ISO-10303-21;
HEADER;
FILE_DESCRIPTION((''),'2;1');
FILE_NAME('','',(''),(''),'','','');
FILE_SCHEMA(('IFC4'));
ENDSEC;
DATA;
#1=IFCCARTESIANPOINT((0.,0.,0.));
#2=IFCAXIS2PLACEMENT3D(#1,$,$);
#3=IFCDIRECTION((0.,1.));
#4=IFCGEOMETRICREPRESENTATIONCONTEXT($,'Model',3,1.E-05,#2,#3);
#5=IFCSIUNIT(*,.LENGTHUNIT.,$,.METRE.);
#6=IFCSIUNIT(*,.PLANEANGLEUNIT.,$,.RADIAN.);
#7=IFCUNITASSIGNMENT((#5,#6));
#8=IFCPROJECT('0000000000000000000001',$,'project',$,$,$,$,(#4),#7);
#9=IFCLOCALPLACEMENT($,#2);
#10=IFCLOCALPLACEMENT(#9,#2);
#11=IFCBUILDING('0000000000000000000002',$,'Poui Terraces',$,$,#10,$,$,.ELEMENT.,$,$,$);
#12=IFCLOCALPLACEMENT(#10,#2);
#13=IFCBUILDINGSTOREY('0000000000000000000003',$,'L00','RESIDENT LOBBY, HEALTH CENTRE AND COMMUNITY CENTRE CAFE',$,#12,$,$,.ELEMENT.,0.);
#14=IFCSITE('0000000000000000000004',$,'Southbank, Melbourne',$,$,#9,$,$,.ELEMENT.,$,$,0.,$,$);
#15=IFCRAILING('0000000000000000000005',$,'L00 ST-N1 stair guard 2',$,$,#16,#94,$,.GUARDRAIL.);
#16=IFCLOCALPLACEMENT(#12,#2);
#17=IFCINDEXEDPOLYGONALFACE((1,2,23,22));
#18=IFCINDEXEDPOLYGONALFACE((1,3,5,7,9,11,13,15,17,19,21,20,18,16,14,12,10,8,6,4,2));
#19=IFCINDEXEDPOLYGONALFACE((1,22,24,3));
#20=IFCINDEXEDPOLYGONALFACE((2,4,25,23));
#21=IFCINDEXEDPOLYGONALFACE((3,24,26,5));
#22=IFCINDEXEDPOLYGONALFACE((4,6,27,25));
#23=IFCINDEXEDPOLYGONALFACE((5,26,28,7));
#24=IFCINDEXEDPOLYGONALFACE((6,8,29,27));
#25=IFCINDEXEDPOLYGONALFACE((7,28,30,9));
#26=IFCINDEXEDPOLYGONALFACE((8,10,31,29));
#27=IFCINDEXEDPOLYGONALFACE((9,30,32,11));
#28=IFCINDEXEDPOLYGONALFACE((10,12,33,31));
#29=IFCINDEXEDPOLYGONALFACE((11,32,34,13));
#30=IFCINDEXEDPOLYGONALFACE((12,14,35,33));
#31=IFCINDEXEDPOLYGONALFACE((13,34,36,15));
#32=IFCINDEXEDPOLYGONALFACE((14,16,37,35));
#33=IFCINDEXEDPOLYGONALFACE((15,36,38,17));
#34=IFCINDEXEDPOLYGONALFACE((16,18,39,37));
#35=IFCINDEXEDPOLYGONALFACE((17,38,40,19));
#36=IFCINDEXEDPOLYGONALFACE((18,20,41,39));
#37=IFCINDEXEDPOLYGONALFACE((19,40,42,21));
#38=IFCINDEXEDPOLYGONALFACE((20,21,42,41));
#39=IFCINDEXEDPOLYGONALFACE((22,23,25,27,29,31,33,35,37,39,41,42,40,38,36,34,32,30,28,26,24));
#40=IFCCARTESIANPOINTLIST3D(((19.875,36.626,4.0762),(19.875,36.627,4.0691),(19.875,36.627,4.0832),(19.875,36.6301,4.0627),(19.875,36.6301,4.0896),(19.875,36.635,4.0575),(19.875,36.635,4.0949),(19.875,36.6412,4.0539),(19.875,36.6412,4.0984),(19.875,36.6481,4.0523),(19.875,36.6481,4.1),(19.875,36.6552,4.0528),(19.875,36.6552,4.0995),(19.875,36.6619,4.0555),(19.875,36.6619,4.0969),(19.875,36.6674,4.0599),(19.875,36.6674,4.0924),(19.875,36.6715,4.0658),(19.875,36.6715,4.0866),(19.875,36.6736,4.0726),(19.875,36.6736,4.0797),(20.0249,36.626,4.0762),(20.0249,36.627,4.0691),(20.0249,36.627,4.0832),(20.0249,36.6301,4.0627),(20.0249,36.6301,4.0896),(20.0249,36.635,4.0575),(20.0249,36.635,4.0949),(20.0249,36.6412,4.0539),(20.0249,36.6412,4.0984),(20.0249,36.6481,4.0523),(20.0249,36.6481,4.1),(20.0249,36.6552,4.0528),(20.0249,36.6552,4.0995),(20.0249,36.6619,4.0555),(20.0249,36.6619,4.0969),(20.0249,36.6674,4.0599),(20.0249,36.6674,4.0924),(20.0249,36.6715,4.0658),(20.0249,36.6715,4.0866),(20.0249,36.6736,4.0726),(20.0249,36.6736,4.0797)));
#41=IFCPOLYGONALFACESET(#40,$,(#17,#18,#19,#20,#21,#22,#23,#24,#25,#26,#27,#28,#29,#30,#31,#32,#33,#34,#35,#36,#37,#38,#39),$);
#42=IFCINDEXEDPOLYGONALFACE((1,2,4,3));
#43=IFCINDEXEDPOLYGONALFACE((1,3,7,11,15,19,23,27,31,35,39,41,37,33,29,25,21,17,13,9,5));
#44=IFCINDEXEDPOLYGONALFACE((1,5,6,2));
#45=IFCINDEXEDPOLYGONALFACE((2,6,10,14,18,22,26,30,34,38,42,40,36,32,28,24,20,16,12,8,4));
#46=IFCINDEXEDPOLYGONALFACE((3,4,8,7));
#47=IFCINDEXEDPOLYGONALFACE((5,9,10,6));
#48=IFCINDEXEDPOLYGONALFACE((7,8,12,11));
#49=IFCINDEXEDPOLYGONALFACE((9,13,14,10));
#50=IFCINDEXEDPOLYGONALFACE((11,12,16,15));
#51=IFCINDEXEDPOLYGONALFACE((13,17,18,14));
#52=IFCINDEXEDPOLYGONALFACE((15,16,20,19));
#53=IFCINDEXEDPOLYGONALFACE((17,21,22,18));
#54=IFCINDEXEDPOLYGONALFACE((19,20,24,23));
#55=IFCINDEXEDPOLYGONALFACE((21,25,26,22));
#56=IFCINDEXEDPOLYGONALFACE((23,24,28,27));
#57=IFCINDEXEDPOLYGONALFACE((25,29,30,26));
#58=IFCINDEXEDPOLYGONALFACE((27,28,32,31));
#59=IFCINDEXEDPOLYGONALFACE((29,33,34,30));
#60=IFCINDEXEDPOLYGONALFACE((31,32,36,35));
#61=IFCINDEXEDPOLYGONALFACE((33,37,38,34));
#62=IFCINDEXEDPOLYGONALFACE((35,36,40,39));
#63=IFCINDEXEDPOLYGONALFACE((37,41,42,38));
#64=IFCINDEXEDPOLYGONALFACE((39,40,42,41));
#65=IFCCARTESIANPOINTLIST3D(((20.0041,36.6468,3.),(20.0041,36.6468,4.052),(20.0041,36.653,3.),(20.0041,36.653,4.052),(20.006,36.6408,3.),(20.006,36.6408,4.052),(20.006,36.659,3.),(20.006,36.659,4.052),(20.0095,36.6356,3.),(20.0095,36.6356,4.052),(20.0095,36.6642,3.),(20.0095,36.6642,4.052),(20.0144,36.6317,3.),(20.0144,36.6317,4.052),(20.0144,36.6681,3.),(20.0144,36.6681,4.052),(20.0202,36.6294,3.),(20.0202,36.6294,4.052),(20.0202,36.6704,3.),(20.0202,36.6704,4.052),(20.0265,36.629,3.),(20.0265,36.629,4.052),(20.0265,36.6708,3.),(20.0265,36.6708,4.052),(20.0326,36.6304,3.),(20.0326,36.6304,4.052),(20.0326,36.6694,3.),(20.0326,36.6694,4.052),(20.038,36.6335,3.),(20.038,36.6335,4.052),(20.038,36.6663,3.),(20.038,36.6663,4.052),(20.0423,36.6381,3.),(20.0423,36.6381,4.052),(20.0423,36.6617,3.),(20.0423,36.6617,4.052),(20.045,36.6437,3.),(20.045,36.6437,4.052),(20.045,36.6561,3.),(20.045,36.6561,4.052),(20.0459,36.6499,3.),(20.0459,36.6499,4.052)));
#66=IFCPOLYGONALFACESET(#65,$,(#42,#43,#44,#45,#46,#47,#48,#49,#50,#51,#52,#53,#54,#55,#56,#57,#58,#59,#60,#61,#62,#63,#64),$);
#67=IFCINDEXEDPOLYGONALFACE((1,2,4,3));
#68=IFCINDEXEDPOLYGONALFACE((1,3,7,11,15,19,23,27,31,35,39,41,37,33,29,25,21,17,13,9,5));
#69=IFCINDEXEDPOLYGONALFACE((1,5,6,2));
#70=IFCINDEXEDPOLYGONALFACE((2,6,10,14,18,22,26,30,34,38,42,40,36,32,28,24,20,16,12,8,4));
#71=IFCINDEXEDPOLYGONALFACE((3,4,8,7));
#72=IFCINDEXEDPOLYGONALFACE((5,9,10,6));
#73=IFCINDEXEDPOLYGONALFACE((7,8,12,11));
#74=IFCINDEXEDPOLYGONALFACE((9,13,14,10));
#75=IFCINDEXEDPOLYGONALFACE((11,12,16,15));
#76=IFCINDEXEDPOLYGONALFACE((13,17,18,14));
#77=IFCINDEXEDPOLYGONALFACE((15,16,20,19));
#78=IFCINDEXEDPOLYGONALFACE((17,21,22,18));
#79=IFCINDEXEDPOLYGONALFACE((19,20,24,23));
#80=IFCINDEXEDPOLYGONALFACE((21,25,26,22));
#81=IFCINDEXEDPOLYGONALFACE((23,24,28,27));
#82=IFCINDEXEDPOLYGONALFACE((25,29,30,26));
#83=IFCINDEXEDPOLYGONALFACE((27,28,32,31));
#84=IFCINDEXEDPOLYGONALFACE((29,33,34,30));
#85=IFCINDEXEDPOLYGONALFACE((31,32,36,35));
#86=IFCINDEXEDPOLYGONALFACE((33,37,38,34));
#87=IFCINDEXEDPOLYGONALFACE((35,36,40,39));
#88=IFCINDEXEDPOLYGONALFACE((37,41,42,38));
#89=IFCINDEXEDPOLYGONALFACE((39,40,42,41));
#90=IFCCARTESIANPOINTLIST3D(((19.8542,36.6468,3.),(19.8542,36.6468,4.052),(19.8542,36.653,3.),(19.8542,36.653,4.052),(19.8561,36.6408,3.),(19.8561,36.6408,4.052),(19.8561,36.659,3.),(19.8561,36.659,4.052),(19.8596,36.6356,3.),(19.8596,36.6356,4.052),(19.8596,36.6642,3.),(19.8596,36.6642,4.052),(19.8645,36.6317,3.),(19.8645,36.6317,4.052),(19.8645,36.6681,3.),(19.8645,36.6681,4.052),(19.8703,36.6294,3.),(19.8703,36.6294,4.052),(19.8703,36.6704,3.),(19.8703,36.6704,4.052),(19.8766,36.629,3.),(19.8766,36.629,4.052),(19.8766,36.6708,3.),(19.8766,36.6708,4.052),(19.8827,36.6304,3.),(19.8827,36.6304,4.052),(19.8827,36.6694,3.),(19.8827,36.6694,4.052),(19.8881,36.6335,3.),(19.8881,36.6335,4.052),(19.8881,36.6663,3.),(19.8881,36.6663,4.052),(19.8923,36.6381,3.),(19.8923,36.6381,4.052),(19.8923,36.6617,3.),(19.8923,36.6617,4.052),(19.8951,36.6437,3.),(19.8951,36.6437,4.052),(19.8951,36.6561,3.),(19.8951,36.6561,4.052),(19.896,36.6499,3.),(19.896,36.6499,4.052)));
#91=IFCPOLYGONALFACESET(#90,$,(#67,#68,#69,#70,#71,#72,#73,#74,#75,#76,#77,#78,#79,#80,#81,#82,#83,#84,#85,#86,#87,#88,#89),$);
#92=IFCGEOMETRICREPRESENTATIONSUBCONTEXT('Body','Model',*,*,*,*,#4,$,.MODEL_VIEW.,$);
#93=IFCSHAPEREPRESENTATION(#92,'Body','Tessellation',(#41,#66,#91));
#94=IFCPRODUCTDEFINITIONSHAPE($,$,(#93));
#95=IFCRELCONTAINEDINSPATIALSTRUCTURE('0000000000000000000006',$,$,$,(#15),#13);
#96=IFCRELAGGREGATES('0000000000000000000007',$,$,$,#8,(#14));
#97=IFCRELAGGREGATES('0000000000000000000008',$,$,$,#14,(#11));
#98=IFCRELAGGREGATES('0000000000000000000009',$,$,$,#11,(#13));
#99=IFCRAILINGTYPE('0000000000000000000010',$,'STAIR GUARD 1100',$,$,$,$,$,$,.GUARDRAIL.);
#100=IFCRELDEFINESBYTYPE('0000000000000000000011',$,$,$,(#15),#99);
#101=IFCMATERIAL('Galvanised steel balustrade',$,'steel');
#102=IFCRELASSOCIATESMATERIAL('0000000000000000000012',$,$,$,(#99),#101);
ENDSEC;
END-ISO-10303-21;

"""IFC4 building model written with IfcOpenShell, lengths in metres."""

from ifc_helpers import new_model, si_unit, direction, frame, origin, origin_2d, place, context, subcontext, project, spatial, circle, extrude, material, type_object, element, save


model = new_model("IFC4")

# Units and contexts
model_context = context("Model", 3, precision=1e-05, world=origin(), true_north=direction((0.0, 1.0)))
body_context = subcontext(model_context, "Body", "Model", "MODEL_VIEW")
ifc_project = project(units=[si_unit("LENGTHUNIT", "METRE"), si_unit("PLANEANGLEUNIT", "RADIAN")], contexts=[model_context])

# Site, building, storey
site_placement = place(None, origin())
site = spatial("IfcSite", under=ifc_project, at=site_placement, Name="Southbank, Melbourne", CompositionType="ELEMENT", RefElevation=0.0)
building_placement = place(site_placement, origin())
building = spatial("IfcBuilding", under=site, at=building_placement, Name="Poui Terraces", CompositionType="ELEMENT")
storey_placement = place(building_placement, origin())
storey = spatial("IfcBuildingStorey", under=building, at=storey_placement, Name="L00", Description="RESIDENT LOBBY, HEALTH CENTRE AND COMMUNITY CENTRE CAFE", CompositionType="ELEMENT", Elevation=0.0)

# Railing
ifc_material_1 = material(Name="Galvanised steel balustrade", Category="steel")
railing_type_1 = type_object("IfcRailingType", Name="STAIR GUARD 1100", PredefinedType="GUARDRAIL", material=ifc_material_1)
railing_1_placement = place(storey_placement, frame((20.0249, 36.6499, 3.0)))
element("IfcRailing", 1, at=railing_1_placement, inside=storey, type_object=railing_type_1, Name="L00 ST-N1 stair guard 2", PredefinedType="GUARDRAIL", context=body_context, shape_type="SweptSolid", body=[
    extrude(circle(Radius=0.0239, at=origin_2d()), frame((0.0, 0.0, 1.0762), z_axis=(-1.0, 0.0, 0.0), x_axis=(0.0, -1.0, 0.0)), (0.0, 0.0, 1.0), 0.1499),
    extrude(circle(Radius=0.021, at=origin_2d()), origin(), (0.0, 0.0, 1.0), 1.052),
    extrude(circle(Radius=0.021, at=origin_2d()), frame((-0.1499, 0.0, 0.0)), (0.0, 0.0, 1.0), 1.052),
])

save(model, "model.ifc")
